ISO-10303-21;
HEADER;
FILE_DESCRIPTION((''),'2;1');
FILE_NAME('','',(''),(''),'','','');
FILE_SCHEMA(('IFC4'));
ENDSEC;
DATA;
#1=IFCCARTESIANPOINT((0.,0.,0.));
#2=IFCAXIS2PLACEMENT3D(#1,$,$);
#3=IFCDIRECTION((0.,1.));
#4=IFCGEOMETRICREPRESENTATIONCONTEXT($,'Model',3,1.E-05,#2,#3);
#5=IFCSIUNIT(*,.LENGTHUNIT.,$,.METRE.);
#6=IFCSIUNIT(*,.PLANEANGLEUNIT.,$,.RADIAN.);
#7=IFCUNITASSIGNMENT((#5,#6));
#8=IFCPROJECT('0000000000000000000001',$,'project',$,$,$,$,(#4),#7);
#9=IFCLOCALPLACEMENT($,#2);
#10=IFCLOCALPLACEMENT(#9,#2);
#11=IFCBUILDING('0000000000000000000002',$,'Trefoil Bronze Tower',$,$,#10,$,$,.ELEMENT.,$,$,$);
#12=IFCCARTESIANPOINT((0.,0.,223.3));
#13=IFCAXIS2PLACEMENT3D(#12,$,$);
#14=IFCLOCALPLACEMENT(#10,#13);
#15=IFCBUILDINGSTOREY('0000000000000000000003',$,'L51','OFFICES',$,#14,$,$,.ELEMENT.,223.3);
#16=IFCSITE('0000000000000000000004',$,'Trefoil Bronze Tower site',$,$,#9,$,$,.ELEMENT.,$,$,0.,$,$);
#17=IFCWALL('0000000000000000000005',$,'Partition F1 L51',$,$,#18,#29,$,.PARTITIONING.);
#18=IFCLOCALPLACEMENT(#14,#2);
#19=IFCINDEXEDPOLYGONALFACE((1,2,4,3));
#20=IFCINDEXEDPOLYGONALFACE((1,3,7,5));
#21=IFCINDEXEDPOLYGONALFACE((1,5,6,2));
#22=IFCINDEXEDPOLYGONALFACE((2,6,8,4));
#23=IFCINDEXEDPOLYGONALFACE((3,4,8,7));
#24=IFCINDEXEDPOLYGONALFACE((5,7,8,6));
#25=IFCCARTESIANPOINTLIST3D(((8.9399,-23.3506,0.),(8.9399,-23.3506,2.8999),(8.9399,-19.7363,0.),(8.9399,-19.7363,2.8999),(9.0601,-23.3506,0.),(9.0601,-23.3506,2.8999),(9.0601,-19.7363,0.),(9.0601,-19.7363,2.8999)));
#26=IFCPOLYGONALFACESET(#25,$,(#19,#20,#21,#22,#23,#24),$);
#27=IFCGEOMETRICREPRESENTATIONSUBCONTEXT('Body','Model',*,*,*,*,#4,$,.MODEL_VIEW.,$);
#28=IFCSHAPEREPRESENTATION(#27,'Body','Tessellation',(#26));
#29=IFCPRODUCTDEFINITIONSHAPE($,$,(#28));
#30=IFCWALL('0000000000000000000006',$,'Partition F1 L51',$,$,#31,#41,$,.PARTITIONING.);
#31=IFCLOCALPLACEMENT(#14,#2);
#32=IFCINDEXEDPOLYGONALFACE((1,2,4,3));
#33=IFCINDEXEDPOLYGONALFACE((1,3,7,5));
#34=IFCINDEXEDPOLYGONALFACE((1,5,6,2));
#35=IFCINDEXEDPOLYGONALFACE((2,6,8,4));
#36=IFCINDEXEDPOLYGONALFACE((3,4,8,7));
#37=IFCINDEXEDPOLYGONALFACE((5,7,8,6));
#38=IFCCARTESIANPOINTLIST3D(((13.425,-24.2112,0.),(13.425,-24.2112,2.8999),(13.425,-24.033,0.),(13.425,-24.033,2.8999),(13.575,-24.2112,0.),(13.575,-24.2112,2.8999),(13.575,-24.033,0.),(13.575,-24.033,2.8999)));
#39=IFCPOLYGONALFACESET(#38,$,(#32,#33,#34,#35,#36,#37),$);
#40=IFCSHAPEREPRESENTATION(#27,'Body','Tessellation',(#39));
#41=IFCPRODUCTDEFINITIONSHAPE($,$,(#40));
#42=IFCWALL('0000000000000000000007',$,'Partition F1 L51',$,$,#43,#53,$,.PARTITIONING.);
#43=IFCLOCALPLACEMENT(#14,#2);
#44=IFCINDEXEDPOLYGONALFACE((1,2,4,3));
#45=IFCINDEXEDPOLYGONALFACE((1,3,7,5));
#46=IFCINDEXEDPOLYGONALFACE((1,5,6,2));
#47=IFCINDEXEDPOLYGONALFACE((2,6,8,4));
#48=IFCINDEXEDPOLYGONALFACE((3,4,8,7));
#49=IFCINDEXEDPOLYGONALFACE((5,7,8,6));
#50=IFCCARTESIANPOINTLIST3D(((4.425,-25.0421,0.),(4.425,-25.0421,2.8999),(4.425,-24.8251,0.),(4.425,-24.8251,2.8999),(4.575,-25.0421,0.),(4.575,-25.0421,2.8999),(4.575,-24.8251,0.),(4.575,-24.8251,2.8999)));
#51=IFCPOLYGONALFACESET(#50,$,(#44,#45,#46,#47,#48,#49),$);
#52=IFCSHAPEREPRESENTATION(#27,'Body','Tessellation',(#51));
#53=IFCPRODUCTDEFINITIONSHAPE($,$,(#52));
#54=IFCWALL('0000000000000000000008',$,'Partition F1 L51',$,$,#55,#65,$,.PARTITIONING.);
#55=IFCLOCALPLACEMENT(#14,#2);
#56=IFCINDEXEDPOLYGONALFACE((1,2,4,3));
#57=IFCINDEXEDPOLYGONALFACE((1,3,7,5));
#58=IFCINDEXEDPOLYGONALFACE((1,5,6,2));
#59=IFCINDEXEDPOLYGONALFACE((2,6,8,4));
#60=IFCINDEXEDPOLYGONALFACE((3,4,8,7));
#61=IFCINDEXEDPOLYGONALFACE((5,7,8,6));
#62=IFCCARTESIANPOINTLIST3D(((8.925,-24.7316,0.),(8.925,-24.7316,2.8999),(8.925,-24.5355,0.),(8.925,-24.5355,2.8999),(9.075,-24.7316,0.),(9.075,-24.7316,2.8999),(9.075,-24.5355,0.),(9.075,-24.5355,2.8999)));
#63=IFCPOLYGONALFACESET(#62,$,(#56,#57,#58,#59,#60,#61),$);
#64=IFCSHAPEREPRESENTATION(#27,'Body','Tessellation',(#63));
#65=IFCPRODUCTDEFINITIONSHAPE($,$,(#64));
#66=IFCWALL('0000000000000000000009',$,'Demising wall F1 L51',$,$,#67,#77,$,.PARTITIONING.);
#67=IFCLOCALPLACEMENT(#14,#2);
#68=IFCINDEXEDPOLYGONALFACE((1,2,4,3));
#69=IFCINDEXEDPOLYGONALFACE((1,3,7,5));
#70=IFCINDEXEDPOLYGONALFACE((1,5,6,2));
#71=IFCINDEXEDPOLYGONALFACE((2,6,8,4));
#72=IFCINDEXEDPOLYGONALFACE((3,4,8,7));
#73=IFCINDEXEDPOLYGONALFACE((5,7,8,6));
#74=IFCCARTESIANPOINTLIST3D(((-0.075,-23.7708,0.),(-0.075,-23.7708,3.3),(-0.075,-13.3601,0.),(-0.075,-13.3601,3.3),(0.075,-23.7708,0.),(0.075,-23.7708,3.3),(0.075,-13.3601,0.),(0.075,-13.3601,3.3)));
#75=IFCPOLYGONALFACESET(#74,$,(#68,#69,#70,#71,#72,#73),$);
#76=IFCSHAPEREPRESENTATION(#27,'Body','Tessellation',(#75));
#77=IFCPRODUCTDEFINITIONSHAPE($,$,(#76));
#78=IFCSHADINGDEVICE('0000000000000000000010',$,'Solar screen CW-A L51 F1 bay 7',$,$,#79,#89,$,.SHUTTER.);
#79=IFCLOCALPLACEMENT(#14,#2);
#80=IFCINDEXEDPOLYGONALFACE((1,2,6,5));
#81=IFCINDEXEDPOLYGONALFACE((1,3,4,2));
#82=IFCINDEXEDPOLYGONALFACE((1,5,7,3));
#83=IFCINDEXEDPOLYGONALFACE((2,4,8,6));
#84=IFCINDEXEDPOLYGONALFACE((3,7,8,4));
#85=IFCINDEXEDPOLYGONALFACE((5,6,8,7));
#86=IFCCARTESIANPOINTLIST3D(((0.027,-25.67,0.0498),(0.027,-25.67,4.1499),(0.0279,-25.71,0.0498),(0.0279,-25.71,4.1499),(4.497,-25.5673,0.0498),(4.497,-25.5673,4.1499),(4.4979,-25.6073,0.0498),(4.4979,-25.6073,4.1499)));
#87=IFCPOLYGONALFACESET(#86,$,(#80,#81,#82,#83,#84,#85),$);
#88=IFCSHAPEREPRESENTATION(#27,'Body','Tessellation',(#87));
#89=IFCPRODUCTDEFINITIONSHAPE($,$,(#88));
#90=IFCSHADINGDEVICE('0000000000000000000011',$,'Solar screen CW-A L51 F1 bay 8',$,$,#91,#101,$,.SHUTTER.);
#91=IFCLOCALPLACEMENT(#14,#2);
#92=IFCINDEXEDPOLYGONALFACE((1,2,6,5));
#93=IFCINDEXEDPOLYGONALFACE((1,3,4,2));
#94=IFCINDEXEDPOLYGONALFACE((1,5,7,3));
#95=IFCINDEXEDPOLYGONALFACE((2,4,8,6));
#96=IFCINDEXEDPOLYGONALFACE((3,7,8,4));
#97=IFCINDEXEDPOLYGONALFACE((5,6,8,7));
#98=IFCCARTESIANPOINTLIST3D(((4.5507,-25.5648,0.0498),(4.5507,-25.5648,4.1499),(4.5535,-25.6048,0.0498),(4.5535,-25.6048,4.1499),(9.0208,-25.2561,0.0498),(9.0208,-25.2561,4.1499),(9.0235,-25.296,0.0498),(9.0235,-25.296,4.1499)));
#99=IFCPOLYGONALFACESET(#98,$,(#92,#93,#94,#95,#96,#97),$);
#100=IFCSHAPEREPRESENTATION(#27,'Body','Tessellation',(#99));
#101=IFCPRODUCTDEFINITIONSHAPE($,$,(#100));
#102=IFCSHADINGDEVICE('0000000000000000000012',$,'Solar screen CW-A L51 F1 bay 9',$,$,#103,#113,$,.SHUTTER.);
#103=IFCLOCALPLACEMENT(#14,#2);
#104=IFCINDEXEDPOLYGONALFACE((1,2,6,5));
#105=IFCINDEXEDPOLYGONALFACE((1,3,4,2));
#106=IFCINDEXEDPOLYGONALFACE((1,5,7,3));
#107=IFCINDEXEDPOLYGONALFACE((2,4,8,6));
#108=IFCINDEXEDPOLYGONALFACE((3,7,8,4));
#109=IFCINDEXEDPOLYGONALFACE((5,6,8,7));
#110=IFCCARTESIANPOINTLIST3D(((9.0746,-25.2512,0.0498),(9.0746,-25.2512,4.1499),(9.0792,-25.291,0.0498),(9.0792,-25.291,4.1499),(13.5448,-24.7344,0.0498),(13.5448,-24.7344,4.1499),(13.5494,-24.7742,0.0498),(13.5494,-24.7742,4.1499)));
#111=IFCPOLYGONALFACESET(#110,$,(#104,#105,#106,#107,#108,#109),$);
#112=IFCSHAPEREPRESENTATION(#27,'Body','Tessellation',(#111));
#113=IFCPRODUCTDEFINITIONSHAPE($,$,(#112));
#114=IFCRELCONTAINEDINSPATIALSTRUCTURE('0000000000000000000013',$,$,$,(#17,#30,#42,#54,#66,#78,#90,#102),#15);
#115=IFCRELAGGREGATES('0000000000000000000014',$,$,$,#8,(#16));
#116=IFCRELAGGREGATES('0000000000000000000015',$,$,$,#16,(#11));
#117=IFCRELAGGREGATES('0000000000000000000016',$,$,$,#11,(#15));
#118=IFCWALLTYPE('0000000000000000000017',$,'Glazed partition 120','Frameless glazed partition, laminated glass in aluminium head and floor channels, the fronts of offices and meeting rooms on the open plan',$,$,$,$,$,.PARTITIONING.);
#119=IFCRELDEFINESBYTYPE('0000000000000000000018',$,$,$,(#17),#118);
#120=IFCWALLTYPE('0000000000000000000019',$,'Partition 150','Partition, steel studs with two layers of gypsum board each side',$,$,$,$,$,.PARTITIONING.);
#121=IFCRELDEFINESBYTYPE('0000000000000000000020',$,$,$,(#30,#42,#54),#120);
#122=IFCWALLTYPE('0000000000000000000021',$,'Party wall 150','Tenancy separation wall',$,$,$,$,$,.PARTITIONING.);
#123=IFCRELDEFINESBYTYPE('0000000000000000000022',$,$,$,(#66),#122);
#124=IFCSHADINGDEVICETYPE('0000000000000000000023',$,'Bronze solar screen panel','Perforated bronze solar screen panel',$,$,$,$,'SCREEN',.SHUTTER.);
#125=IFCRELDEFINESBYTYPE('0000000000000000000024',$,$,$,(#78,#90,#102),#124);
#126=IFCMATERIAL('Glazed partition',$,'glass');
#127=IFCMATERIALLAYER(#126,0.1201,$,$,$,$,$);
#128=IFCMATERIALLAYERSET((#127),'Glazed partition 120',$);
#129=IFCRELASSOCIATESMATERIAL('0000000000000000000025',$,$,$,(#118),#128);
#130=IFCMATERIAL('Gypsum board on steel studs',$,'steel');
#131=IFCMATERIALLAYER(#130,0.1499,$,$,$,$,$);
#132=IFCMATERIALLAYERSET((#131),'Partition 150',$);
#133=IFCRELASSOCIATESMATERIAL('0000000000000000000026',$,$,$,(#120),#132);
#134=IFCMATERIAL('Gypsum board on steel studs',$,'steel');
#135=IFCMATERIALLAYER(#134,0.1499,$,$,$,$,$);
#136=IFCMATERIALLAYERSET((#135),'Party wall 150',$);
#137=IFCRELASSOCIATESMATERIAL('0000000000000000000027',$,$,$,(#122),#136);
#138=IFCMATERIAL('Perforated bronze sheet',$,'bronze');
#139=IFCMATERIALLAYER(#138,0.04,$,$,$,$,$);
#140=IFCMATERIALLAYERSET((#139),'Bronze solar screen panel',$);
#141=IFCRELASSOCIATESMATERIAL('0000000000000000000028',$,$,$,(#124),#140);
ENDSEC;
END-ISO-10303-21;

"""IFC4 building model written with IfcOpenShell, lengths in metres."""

from ifc_helpers import new_model, si_unit, direction, frame, frame_2d, origin, origin_2d, place, context, subcontext, project, spatial, rectangle, extrude, material, layer, layer_set, type_object, element, save


model = new_model("IFC4")

# Units and contexts
model_context = context("Model", 3, precision=1e-05, world=origin(), true_north=direction((0.0, 1.0)))
body_context = subcontext(model_context, "Body", "Model", "MODEL_VIEW")
ifc_project = project(units=[si_unit("LENGTHUNIT", "METRE"), si_unit("PLANEANGLEUNIT", "RADIAN")], contexts=[model_context])

# Site, building, storey
site_placement = place(None, origin())
site = spatial("IfcSite", under=ifc_project, at=site_placement, Name="Trefoil Bronze Tower site", CompositionType="ELEMENT", RefElevation=0.0)
building_placement = place(site_placement, origin())
building = spatial("IfcBuilding", under=site, at=building_placement, Name="Trefoil Bronze Tower", CompositionType="ELEMENT")
storey_placement = place(building_placement, frame((0.0, 0.0, 223.3)))
storey = spatial("IfcBuildingStorey", under=building, at=storey_placement, Name="L51", Description="OFFICES", CompositionType="ELEMENT", Elevation=223.3)

# Shared definitions
ifc_material_1 = material(Name="Glazed partition", Category="glass")
ifc_layer_1 = layer(ifc_material_1, 0.1201)
ifc_layer_set_1 = layer_set([ifc_layer_1], Name="Glazed partition 120")
wall_type_1 = type_object("IfcWallType", Name="Glazed partition 120", Description="Frameless glazed partition, laminated glass in aluminium head and floor channels, the fronts of offices and meeting rooms on the open plan", PredefinedType="PARTITIONING", material=ifc_layer_set_1)

# Walls
wall_1_placement = place(storey_placement, frame((9.0, -19.7363, 0.0), z_axis=(0.0, 0.0, 1.0), x_axis=(0.0, -1.0, 0.0)))
element("IfcWall", 1, at=wall_1_placement, inside=storey, type_object=wall_type_1, Name="Partition F1 L51", PredefinedType="PARTITIONING", context=body_context, shape_type="SweptSolid", body=[
    extrude(rectangle(XDim=3.6143, YDim=0.1201, at=frame_2d((1.8071, 0.0))), origin(), (0.0, 0.0, 1.0), 2.8999),
])
ifc_material_2 = material(Name="Gypsum board on steel studs", Category="steel")
ifc_layer_2 = layer(ifc_material_2, 0.1499)
ifc_layer_set_2 = layer_set([ifc_layer_2], Name="Partition 150")
wall_type_2 = type_object("IfcWallType", Name="Partition 150", Description="Partition, steel studs with two layers of gypsum board each side", PredefinedType="PARTITIONING", material=ifc_layer_set_2)
wall_2_placement = place(storey_placement, frame((13.5, -24.033, 0.0), z_axis=(0.0, 0.0, 1.0), x_axis=(0.0, -1.0, 0.0)))
element("IfcWall", 2, at=wall_2_placement, inside=storey, type_object=wall_type_2, Name="Partition F1 L51", PredefinedType="PARTITIONING", context=body_context, shape_type="SweptSolid", body=[
    extrude(rectangle(XDim=0.1782, YDim=0.1499, at=frame_2d((0.0891, 0.0))), origin(), (0.0, 0.0, 1.0), 2.8999),
])
wall_3_placement = place(storey_placement, frame((4.5, -24.8252, 0.0), z_axis=(0.0, 0.0, 1.0), x_axis=(0.0, -1.0, 0.0)))
element("IfcWall", 3, at=wall_3_placement, inside=storey, type_object=wall_type_2, Name="Partition F1 L51", PredefinedType="PARTITIONING", context=body_context, shape_type="SweptSolid", body=[
    extrude(rectangle(XDim=0.217, YDim=0.1499, at=frame_2d((0.1084, 0.0))), origin(), (0.0, 0.0, 1.0), 2.8999),
])
wall_4_placement = place(storey_placement, frame((9.0, -24.5354, 0.0), z_axis=(0.0, 0.0, 1.0), x_axis=(0.0, -1.0, 0.0)))
element("IfcWall", 4, at=wall_4_placement, inside=storey, type_object=wall_type_2, Name="Partition F1 L51", PredefinedType="PARTITIONING", context=body_context, shape_type="SweptSolid", body=[
    extrude(rectangle(XDim=0.196, YDim=0.1499, at=frame_2d((0.0981, 0.0))), origin(), (0.0, 0.0, 1.0), 2.8999),
])
ifc_material_3 = material(Name="Gypsum board on steel studs", Category="steel")
ifc_layer_3 = layer(ifc_material_3, 0.1499)
ifc_layer_set_3 = layer_set([ifc_layer_3], Name="Party wall 150")
wall_type_3 = type_object("IfcWallType", Name="Party wall 150", Description="Tenancy separation wall", PredefinedType="PARTITIONING", material=ifc_layer_set_3)
wall_5_placement = place(storey_placement, frame((0.0, -13.3601, 0.0), z_axis=(0.0, 0.0, 1.0), x_axis=(0.0, -1.0, 0.0)))
element("IfcWall", 5, at=wall_5_placement, inside=storey, type_object=wall_type_3, Name="Demising wall F1 L51", PredefinedType="PARTITIONING", context=body_context, shape_type="SweptSolid", body=[
    extrude(rectangle(XDim=10.4106, YDim=0.1499, at=frame_2d((5.2053, 0.0))), origin(), (0.0, 0.0, 1.0), 3.3),
])

# Shading devices
ifc_material_4 = material(Name="Perforated bronze sheet", Category="bronze")
ifc_layer_4 = layer(ifc_material_4, 0.04)
ifc_layer_set_4 = layer_set([ifc_layer_4], Name="Bronze solar screen panel")
shading_device_type = type_object("IfcShadingDeviceType", Name="Bronze solar screen panel", Description="Perforated bronze solar screen panel", ElementType="SCREEN", PredefinedType="SHUTTER", material=ifc_layer_set_4)
shading_device_1_placement = place(storey_placement, frame((2.2625, -25.6387, 0.0498), z_axis=(0.0, 0.0, 1.0), x_axis=(0.999736, 0.022972, 0.0)))
element("IfcShadingDevice", 6, at=shading_device_1_placement, inside=storey, type_object=shading_device_type, Name="Solar screen CW-A L51 F1 bay 7", PredefinedType="SHUTTER", context=body_context, shape_type="SweptSolid", body=[
    extrude(rectangle(XDim=4.4712, YDim=0.04, at=origin_2d()), origin(), (0.0, 0.0, 1.0), 4.1001),
])
shading_device_2_placement = place(storey_placement, frame((6.7871, -25.4304, 0.0498), z_axis=(0.0, 0.0, 1.0), x_axis=(0.997623, 0.068915, 0.0)))
element("IfcShadingDevice", 7, at=shading_device_2_placement, inside=storey, type_object=shading_device_type, Name="Solar screen CW-A L51 F1 bay 8", PredefinedType="SHUTTER", context=body_context, shape_type="SweptSolid", body=[
    extrude(rectangle(XDim=4.4807, YDim=0.04, at=origin_2d()), origin(), (0.0, 0.0, 1.0), 4.1001),
])
shading_device_3_placement = place(storey_placement, frame((11.312, -25.0127, 0.0498), z_axis=(0.0, 0.0, 1.0), x_axis=(0.993382, 0.114859, 0.0)))
element("IfcShadingDevice", 8, at=shading_device_3_placement, inside=storey, type_object=shading_device_type, Name="Solar screen CW-A L51 F1 bay 9", PredefinedType="SHUTTER", context=body_context, shape_type="SweptSolid", body=[
    extrude(rectangle(XDim=4.5, YDim=0.04, at=origin_2d()), origin(), (0.0, 0.0, 1.0), 4.1001),
])

save(model, "model.ifc")
